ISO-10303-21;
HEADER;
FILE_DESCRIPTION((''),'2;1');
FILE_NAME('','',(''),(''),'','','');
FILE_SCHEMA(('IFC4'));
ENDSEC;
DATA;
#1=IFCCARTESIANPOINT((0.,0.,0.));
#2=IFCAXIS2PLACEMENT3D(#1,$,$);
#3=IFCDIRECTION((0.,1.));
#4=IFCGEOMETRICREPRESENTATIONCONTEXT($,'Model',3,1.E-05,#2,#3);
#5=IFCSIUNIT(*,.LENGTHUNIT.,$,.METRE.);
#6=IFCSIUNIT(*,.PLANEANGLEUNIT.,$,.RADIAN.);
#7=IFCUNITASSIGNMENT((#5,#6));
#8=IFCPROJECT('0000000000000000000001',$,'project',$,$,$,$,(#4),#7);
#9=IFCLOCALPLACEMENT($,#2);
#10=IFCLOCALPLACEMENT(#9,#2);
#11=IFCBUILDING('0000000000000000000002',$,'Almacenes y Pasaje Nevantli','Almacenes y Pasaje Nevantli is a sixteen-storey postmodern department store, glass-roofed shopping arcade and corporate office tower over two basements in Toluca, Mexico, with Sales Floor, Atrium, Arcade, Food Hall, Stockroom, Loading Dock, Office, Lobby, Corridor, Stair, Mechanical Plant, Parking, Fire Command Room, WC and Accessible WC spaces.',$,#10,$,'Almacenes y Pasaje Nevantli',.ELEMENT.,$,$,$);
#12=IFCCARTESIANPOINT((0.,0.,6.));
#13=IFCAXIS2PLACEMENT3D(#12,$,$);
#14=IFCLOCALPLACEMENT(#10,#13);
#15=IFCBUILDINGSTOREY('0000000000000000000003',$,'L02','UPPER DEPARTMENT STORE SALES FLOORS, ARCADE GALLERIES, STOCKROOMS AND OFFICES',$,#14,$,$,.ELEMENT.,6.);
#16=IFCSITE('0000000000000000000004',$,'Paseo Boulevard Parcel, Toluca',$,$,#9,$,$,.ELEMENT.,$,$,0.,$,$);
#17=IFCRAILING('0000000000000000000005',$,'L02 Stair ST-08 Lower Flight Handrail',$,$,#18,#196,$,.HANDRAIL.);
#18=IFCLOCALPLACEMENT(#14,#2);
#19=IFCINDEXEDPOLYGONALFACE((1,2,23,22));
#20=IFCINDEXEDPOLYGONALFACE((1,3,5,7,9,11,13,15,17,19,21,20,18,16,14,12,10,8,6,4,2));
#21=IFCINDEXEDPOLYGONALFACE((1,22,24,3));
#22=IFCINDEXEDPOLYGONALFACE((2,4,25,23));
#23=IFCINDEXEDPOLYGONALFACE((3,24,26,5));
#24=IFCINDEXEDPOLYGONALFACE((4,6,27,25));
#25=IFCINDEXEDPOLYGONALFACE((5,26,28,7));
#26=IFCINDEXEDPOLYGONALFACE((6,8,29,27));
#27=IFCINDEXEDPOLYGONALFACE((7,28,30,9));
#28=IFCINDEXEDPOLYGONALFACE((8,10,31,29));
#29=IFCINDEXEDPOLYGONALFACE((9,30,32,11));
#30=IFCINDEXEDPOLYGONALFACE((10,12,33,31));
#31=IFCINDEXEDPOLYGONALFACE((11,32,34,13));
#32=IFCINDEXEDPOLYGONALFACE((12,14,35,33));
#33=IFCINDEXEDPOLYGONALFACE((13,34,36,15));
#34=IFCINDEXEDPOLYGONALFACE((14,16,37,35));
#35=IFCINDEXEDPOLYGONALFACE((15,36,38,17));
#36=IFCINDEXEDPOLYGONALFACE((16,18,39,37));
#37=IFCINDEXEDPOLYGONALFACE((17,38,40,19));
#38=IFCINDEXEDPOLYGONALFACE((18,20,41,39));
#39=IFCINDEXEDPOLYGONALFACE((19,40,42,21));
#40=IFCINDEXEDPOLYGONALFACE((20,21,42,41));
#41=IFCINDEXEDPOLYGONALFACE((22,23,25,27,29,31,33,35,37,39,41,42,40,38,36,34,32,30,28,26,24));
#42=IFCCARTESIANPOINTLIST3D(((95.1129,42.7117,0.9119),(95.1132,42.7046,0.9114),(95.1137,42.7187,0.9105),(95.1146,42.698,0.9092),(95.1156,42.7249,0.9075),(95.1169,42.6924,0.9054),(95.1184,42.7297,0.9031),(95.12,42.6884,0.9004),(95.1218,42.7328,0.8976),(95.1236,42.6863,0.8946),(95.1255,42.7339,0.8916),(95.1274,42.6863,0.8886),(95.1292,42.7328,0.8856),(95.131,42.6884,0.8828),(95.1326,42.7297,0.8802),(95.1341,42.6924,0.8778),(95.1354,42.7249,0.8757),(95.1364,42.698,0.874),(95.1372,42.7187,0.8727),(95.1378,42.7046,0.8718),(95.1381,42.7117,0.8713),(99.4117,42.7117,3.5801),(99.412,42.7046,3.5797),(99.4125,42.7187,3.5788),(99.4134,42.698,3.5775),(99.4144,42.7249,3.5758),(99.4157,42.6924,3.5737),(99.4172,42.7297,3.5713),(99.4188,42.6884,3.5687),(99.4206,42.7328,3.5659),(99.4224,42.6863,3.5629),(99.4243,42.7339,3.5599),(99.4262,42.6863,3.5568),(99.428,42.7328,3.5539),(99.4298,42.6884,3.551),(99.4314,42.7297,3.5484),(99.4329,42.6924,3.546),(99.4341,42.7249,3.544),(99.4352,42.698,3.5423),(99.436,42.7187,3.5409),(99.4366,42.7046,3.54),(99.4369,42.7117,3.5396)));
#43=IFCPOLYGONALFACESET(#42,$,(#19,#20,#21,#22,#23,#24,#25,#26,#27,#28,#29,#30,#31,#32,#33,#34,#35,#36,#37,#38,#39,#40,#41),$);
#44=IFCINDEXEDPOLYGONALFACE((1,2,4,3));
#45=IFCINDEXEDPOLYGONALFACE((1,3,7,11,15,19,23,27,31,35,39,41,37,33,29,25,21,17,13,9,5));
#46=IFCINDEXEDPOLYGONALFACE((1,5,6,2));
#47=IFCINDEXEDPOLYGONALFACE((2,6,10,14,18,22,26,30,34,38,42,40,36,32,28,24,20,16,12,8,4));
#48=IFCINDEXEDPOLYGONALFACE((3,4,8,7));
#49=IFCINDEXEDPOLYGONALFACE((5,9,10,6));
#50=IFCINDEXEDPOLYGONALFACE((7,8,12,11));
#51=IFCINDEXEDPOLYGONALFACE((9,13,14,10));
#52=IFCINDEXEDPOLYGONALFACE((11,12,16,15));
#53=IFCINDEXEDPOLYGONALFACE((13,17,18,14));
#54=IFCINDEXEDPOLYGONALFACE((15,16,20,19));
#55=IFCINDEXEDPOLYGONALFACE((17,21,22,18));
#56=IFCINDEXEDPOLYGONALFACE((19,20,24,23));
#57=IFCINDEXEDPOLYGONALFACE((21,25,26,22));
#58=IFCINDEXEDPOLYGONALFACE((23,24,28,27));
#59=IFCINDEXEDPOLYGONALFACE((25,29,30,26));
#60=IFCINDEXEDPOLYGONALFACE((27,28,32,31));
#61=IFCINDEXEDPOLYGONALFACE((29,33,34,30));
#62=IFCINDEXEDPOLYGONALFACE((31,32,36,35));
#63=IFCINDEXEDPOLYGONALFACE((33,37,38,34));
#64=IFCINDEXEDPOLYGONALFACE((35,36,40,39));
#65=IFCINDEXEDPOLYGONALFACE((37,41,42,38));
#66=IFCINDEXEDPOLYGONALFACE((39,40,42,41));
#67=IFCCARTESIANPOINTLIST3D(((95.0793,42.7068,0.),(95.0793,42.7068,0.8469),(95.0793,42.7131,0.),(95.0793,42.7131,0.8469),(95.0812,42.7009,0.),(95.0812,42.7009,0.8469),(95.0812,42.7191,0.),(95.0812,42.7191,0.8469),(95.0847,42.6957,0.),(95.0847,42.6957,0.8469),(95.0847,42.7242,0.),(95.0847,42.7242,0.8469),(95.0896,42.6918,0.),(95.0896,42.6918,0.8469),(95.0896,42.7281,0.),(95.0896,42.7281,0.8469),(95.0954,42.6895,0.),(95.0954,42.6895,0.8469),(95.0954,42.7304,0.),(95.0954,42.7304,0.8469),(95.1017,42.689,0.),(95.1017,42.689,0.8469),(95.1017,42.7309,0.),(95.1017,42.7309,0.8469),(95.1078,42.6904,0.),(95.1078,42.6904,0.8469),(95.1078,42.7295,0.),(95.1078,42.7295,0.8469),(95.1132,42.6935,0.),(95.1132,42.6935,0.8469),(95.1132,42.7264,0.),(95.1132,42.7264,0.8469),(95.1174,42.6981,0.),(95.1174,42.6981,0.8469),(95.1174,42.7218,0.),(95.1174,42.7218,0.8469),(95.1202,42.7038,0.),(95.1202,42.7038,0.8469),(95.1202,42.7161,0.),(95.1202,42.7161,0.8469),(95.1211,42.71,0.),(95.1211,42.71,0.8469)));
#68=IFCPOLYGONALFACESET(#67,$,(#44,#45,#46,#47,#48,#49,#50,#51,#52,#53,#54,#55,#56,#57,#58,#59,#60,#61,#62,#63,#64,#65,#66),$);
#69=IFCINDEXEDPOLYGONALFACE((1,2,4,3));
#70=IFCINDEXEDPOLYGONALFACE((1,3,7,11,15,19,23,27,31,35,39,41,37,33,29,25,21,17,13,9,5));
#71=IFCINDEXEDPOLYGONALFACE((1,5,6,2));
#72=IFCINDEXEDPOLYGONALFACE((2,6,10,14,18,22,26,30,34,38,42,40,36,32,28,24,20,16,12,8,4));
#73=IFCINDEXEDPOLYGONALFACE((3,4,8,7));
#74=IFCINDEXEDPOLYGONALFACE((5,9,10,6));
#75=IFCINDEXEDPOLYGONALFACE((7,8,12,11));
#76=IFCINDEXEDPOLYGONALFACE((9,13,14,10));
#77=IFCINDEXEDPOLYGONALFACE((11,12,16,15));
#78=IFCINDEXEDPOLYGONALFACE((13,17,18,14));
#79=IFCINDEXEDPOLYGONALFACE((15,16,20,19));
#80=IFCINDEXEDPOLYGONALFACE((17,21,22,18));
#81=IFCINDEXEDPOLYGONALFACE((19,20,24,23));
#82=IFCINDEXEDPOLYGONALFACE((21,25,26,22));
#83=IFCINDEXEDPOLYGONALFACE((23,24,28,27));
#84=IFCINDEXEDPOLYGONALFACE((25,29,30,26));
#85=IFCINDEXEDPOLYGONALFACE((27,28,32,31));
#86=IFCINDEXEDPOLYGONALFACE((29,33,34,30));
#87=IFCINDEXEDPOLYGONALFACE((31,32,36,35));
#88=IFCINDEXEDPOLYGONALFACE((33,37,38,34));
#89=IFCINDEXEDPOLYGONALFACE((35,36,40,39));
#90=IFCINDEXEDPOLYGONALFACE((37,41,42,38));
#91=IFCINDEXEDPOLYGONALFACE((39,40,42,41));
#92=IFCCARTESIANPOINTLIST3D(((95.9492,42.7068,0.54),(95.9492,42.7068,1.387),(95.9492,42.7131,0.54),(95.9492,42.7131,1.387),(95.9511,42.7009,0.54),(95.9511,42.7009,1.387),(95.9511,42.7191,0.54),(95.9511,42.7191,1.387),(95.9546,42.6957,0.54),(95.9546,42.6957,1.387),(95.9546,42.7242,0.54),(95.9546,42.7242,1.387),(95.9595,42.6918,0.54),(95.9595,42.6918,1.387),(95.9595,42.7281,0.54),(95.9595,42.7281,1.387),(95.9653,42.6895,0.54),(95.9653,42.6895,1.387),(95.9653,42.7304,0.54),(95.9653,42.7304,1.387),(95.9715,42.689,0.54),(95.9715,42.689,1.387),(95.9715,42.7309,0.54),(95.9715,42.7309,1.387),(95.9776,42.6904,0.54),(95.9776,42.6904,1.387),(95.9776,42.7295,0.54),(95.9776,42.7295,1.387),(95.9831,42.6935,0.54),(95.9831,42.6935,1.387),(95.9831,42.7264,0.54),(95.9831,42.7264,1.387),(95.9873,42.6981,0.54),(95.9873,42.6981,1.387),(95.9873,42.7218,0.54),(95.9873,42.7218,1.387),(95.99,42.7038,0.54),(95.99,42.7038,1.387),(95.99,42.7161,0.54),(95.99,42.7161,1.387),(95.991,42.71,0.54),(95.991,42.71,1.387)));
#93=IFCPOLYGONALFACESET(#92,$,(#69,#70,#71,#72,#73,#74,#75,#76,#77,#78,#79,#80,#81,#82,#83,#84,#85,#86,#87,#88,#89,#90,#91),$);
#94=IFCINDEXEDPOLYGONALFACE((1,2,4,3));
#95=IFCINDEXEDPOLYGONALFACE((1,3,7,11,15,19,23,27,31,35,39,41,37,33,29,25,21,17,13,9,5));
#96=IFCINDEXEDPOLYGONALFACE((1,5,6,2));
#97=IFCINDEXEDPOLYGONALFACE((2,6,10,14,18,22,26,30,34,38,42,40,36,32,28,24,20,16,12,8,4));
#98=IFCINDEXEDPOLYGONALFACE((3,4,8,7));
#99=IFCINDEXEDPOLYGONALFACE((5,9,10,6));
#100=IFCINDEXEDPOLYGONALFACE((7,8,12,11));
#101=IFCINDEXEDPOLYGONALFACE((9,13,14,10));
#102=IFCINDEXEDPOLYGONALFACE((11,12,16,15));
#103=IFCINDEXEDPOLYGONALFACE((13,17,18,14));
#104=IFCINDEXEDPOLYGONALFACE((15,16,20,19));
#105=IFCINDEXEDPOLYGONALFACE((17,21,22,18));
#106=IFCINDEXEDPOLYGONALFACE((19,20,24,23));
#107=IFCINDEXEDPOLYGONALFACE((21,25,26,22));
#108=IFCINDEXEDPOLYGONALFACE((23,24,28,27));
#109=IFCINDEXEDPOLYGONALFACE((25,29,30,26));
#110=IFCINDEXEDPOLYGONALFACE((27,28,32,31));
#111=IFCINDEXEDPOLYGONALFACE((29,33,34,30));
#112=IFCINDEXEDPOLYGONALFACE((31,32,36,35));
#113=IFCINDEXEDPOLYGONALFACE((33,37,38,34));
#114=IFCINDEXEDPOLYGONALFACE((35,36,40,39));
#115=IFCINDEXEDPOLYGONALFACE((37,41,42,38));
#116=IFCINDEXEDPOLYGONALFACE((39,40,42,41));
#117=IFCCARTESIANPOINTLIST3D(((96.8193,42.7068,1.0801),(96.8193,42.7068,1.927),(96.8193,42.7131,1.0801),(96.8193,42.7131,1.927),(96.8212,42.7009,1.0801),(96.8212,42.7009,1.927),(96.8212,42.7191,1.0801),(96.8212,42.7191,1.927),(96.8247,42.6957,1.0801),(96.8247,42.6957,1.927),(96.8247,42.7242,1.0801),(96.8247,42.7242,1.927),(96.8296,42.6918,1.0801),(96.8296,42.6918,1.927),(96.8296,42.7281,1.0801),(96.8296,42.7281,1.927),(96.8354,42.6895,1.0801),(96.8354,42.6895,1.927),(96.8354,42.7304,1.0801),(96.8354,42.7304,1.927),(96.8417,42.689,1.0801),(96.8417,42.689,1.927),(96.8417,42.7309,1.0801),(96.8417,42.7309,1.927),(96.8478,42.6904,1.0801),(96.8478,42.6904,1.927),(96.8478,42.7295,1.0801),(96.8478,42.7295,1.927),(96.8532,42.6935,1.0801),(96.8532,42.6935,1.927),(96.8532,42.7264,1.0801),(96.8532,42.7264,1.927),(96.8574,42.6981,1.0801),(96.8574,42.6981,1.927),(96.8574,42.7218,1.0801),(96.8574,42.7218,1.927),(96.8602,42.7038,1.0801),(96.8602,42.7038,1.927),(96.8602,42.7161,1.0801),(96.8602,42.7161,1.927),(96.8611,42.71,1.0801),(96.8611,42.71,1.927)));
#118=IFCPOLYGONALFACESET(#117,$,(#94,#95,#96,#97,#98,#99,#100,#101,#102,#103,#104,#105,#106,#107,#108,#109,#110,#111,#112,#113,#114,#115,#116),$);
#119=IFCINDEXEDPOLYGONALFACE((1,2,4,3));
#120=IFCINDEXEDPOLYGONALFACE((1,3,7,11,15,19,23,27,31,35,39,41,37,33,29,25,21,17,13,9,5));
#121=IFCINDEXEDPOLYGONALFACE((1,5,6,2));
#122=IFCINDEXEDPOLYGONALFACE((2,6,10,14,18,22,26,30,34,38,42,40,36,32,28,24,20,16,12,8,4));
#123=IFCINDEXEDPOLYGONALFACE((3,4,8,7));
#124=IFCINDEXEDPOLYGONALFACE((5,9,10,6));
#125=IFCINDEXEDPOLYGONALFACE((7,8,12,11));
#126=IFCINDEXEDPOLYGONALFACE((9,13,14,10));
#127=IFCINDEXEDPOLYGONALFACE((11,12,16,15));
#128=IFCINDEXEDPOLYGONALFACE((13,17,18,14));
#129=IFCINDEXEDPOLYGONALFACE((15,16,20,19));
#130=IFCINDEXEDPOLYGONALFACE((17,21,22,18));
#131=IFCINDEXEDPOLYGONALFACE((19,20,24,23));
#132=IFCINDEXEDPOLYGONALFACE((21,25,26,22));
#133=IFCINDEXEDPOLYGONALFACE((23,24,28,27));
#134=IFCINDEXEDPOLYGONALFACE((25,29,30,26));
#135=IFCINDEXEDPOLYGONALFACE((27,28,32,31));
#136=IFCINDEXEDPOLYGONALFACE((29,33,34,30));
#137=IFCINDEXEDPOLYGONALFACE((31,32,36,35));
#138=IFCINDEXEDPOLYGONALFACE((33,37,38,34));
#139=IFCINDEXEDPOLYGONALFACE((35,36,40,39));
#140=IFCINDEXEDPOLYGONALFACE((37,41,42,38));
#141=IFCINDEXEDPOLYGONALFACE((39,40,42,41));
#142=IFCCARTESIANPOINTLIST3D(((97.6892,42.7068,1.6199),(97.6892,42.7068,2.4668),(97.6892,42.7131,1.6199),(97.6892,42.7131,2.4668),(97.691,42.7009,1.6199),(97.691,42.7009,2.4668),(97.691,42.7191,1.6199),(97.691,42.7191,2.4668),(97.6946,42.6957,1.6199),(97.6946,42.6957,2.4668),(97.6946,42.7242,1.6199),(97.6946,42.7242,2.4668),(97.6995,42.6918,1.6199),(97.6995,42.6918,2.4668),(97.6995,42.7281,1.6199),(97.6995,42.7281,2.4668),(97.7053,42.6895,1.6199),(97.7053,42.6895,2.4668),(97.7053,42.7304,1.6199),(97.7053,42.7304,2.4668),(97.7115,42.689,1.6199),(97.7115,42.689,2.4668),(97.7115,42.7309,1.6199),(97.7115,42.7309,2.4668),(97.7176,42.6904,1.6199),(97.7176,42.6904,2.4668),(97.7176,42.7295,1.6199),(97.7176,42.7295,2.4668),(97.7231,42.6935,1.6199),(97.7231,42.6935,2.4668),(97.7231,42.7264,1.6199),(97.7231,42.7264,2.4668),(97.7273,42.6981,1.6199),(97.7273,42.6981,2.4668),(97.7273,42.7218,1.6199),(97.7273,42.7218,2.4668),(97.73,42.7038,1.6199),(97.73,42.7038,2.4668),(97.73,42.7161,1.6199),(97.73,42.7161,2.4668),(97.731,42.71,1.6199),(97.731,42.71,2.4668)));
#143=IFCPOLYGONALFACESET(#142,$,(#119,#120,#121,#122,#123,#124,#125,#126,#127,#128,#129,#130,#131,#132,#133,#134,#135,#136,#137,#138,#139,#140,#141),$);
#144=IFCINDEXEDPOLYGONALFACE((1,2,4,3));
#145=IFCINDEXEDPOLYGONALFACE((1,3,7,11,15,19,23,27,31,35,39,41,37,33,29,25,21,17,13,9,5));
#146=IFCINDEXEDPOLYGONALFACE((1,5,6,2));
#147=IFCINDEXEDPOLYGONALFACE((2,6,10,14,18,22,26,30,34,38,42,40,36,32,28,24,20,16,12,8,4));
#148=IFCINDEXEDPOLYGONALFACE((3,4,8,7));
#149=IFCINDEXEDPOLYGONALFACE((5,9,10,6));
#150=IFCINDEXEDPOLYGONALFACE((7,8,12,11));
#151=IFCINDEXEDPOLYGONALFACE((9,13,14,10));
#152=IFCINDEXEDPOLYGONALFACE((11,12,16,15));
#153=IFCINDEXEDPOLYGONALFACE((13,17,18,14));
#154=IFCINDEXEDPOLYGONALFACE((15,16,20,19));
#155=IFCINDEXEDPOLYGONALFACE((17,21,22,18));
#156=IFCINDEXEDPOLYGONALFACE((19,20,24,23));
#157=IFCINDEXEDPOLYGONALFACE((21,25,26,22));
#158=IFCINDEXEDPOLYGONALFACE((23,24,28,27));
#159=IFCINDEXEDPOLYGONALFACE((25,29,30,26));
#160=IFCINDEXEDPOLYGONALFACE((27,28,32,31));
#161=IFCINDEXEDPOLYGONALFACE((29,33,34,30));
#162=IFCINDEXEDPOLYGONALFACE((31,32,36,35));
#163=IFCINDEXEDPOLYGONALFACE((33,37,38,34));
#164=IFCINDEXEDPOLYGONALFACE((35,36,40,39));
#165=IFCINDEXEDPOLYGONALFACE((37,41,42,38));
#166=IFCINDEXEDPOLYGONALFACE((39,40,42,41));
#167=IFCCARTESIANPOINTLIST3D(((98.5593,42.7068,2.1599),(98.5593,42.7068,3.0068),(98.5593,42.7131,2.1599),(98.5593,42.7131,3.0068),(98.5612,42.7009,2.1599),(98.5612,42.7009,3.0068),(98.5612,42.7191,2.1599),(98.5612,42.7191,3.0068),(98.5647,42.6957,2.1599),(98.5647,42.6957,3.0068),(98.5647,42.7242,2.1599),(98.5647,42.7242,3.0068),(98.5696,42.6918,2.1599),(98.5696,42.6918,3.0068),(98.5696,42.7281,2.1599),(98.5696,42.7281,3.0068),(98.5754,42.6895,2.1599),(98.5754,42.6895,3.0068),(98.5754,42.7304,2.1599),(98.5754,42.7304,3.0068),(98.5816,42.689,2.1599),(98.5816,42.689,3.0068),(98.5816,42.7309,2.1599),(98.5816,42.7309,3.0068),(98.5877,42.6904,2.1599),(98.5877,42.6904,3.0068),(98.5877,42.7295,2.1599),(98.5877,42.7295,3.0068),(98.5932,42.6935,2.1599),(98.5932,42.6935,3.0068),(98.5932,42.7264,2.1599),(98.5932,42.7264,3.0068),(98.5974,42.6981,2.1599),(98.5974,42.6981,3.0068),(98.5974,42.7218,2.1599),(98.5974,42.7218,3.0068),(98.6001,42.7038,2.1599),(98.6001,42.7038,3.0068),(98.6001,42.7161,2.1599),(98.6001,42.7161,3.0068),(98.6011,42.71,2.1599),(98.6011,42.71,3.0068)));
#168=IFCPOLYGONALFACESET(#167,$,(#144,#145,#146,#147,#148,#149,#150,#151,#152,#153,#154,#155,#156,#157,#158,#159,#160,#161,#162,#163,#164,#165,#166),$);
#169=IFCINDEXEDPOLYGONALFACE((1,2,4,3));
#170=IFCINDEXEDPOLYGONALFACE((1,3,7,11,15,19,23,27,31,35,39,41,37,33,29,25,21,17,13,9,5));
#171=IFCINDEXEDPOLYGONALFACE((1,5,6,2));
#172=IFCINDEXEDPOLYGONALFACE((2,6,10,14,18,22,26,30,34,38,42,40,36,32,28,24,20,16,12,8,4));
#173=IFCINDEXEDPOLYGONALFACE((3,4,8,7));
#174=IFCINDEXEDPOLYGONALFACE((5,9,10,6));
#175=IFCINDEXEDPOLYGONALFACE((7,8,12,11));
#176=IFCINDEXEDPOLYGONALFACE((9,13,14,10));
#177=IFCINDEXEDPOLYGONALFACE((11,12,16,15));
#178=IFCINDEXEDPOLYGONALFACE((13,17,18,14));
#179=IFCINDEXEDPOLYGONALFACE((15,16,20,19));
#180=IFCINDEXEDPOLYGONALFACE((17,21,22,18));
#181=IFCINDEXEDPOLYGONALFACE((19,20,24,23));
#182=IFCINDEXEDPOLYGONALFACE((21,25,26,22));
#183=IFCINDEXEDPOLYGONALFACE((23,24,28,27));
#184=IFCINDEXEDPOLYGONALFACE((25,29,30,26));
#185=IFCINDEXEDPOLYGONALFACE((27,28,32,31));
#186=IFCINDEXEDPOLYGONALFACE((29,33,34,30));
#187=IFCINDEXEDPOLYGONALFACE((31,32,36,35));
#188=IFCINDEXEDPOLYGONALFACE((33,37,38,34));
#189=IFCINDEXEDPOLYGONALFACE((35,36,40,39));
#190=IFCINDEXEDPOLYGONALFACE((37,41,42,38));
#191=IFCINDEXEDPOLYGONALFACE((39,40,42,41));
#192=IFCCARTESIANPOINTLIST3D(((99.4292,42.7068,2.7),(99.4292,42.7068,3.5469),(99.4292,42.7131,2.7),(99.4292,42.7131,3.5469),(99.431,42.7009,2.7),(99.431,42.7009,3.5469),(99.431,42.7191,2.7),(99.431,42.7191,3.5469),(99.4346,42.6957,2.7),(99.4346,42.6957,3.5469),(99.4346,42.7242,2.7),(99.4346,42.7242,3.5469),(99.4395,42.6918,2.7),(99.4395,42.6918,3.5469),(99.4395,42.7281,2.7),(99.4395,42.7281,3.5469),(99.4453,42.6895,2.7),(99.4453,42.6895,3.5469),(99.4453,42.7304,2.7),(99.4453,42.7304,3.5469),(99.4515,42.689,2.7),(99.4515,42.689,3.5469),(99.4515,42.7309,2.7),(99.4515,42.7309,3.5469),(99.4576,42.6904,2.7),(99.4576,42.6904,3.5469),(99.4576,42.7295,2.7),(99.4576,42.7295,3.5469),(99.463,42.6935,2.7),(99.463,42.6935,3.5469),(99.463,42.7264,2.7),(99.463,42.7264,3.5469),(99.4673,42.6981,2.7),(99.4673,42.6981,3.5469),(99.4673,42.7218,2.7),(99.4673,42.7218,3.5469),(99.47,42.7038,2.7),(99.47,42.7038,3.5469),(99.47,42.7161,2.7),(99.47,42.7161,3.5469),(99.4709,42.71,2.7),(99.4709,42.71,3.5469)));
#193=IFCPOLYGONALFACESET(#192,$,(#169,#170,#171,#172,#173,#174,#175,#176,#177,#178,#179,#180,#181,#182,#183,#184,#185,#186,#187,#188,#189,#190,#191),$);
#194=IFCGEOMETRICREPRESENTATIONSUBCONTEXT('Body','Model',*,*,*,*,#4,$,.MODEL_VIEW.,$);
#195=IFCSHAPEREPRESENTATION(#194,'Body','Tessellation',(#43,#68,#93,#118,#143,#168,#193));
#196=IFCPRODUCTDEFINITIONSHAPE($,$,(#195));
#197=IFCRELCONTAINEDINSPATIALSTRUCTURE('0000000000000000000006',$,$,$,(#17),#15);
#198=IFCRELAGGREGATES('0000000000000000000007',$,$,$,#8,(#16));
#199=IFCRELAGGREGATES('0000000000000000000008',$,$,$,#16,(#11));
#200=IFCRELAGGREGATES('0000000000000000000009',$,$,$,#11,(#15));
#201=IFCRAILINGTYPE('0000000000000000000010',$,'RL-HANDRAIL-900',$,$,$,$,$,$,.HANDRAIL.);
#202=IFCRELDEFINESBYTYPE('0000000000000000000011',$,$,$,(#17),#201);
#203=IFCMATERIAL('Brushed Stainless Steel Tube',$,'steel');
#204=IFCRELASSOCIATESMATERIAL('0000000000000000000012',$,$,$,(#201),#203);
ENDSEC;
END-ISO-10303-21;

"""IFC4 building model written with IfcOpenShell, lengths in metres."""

from ifc_helpers import new_model, si_unit, direction, frame, origin, origin_2d, place, context, subcontext, project, spatial, circle, extrude, material, type_object, element, save


model = new_model("IFC4")

# Units and contexts
model_context = context("Model", 3, precision=1e-05, world=origin(), true_north=direction((0.0, 1.0)))
body_context = subcontext(model_context, "Body", "Model", "MODEL_VIEW")
ifc_project = project(units=[si_unit("LENGTHUNIT", "METRE"), si_unit("PLANEANGLEUNIT", "RADIAN")], contexts=[model_context])

# Site, building, storey
site_placement = place(None, origin())
site = spatial("IfcSite", under=ifc_project, at=site_placement, Name="Paseo Boulevard Parcel, Toluca", CompositionType="ELEMENT", RefElevation=0.0)
building_placement = place(site_placement, origin())
building = spatial("IfcBuilding", under=site, at=building_placement, Name="Almacenes y Pasaje Nevantli", Description="Almacenes y Pasaje Nevantli is a sixteen-storey postmodern department store, glass-roofed shopping arcade and corporate office tower over two basements in Toluca, Mexico, with Sales Floor, Atrium, Arcade, Food Hall, Stockroom, Loading Dock, Office, Lobby, Corridor, Stair, Mechanical Plant, Parking, Fire Command Room, WC and Accessible WC spaces.", LongName="Almacenes y Pasaje Nevantli", CompositionType="ELEMENT")
storey_placement = place(building_placement, frame((0.0, 0.0, 6.0)))
storey = spatial("IfcBuildingStorey", under=building, at=storey_placement, Name="L02", Description="UPPER DEPARTMENT STORE SALES FLOORS, ARCADE GALLERIES, STOCKROOMS AND OFFICES", CompositionType="ELEMENT", Elevation=6.0)

# Railing
ifc_material_1 = material(Name="Brushed Stainless Steel Tube", Category="steel")
railing_type_1 = type_object("IfcRailingType", Name="RL-HANDRAIL-900", PredefinedType="HANDRAIL", material=ifc_material_1)
railing_1_placement = place(storey_placement, frame((95.1001, 42.71, 0.0)))
element("IfcRailing", 1, at=railing_1_placement, inside=storey, type_object=railing_type_1, Name="L02 Stair ST-08 Lower Flight Handrail", PredefinedType="HANDRAIL", context=body_context, shape_type="SweptSolid", body=[
    extrude(circle(Radius=0.0239, at=origin_2d()), frame((0.0254, 0.0, 0.8916), z_axis=(0.849636, 0.0, 0.527369), x_axis=(0.0, 1.0, 0.0)), (0.0, 0.0, 1.0), 5.0596),
    extrude(circle(Radius=0.021, at=origin_2d()), origin(), (0.0, 0.0, 1.0), 0.8469),
    extrude(circle(Radius=0.021, at=origin_2d()), frame((0.8699, 0.0, 0.54)), (0.0, 0.0, 1.0), 0.8469),
    extrude(circle(Radius=0.021, at=origin_2d()), frame((1.74, 0.0, 1.0801)), (0.0, 0.0, 1.0), 0.8469),
    extrude(circle(Radius=0.021, at=origin_2d()), frame((2.6099, 0.0, 1.6199)), (0.0, 0.0, 1.0), 0.8469),
    extrude(circle(Radius=0.021, at=origin_2d()), frame((3.48, 0.0, 2.1599)), (0.0, 0.0, 1.0), 0.8469),
    extrude(circle(Radius=0.021, at=origin_2d()), frame((4.3499, 0.0, 2.7)), (0.0, 0.0, 1.0), 0.8469),
])

save(model, "model.ifc")
